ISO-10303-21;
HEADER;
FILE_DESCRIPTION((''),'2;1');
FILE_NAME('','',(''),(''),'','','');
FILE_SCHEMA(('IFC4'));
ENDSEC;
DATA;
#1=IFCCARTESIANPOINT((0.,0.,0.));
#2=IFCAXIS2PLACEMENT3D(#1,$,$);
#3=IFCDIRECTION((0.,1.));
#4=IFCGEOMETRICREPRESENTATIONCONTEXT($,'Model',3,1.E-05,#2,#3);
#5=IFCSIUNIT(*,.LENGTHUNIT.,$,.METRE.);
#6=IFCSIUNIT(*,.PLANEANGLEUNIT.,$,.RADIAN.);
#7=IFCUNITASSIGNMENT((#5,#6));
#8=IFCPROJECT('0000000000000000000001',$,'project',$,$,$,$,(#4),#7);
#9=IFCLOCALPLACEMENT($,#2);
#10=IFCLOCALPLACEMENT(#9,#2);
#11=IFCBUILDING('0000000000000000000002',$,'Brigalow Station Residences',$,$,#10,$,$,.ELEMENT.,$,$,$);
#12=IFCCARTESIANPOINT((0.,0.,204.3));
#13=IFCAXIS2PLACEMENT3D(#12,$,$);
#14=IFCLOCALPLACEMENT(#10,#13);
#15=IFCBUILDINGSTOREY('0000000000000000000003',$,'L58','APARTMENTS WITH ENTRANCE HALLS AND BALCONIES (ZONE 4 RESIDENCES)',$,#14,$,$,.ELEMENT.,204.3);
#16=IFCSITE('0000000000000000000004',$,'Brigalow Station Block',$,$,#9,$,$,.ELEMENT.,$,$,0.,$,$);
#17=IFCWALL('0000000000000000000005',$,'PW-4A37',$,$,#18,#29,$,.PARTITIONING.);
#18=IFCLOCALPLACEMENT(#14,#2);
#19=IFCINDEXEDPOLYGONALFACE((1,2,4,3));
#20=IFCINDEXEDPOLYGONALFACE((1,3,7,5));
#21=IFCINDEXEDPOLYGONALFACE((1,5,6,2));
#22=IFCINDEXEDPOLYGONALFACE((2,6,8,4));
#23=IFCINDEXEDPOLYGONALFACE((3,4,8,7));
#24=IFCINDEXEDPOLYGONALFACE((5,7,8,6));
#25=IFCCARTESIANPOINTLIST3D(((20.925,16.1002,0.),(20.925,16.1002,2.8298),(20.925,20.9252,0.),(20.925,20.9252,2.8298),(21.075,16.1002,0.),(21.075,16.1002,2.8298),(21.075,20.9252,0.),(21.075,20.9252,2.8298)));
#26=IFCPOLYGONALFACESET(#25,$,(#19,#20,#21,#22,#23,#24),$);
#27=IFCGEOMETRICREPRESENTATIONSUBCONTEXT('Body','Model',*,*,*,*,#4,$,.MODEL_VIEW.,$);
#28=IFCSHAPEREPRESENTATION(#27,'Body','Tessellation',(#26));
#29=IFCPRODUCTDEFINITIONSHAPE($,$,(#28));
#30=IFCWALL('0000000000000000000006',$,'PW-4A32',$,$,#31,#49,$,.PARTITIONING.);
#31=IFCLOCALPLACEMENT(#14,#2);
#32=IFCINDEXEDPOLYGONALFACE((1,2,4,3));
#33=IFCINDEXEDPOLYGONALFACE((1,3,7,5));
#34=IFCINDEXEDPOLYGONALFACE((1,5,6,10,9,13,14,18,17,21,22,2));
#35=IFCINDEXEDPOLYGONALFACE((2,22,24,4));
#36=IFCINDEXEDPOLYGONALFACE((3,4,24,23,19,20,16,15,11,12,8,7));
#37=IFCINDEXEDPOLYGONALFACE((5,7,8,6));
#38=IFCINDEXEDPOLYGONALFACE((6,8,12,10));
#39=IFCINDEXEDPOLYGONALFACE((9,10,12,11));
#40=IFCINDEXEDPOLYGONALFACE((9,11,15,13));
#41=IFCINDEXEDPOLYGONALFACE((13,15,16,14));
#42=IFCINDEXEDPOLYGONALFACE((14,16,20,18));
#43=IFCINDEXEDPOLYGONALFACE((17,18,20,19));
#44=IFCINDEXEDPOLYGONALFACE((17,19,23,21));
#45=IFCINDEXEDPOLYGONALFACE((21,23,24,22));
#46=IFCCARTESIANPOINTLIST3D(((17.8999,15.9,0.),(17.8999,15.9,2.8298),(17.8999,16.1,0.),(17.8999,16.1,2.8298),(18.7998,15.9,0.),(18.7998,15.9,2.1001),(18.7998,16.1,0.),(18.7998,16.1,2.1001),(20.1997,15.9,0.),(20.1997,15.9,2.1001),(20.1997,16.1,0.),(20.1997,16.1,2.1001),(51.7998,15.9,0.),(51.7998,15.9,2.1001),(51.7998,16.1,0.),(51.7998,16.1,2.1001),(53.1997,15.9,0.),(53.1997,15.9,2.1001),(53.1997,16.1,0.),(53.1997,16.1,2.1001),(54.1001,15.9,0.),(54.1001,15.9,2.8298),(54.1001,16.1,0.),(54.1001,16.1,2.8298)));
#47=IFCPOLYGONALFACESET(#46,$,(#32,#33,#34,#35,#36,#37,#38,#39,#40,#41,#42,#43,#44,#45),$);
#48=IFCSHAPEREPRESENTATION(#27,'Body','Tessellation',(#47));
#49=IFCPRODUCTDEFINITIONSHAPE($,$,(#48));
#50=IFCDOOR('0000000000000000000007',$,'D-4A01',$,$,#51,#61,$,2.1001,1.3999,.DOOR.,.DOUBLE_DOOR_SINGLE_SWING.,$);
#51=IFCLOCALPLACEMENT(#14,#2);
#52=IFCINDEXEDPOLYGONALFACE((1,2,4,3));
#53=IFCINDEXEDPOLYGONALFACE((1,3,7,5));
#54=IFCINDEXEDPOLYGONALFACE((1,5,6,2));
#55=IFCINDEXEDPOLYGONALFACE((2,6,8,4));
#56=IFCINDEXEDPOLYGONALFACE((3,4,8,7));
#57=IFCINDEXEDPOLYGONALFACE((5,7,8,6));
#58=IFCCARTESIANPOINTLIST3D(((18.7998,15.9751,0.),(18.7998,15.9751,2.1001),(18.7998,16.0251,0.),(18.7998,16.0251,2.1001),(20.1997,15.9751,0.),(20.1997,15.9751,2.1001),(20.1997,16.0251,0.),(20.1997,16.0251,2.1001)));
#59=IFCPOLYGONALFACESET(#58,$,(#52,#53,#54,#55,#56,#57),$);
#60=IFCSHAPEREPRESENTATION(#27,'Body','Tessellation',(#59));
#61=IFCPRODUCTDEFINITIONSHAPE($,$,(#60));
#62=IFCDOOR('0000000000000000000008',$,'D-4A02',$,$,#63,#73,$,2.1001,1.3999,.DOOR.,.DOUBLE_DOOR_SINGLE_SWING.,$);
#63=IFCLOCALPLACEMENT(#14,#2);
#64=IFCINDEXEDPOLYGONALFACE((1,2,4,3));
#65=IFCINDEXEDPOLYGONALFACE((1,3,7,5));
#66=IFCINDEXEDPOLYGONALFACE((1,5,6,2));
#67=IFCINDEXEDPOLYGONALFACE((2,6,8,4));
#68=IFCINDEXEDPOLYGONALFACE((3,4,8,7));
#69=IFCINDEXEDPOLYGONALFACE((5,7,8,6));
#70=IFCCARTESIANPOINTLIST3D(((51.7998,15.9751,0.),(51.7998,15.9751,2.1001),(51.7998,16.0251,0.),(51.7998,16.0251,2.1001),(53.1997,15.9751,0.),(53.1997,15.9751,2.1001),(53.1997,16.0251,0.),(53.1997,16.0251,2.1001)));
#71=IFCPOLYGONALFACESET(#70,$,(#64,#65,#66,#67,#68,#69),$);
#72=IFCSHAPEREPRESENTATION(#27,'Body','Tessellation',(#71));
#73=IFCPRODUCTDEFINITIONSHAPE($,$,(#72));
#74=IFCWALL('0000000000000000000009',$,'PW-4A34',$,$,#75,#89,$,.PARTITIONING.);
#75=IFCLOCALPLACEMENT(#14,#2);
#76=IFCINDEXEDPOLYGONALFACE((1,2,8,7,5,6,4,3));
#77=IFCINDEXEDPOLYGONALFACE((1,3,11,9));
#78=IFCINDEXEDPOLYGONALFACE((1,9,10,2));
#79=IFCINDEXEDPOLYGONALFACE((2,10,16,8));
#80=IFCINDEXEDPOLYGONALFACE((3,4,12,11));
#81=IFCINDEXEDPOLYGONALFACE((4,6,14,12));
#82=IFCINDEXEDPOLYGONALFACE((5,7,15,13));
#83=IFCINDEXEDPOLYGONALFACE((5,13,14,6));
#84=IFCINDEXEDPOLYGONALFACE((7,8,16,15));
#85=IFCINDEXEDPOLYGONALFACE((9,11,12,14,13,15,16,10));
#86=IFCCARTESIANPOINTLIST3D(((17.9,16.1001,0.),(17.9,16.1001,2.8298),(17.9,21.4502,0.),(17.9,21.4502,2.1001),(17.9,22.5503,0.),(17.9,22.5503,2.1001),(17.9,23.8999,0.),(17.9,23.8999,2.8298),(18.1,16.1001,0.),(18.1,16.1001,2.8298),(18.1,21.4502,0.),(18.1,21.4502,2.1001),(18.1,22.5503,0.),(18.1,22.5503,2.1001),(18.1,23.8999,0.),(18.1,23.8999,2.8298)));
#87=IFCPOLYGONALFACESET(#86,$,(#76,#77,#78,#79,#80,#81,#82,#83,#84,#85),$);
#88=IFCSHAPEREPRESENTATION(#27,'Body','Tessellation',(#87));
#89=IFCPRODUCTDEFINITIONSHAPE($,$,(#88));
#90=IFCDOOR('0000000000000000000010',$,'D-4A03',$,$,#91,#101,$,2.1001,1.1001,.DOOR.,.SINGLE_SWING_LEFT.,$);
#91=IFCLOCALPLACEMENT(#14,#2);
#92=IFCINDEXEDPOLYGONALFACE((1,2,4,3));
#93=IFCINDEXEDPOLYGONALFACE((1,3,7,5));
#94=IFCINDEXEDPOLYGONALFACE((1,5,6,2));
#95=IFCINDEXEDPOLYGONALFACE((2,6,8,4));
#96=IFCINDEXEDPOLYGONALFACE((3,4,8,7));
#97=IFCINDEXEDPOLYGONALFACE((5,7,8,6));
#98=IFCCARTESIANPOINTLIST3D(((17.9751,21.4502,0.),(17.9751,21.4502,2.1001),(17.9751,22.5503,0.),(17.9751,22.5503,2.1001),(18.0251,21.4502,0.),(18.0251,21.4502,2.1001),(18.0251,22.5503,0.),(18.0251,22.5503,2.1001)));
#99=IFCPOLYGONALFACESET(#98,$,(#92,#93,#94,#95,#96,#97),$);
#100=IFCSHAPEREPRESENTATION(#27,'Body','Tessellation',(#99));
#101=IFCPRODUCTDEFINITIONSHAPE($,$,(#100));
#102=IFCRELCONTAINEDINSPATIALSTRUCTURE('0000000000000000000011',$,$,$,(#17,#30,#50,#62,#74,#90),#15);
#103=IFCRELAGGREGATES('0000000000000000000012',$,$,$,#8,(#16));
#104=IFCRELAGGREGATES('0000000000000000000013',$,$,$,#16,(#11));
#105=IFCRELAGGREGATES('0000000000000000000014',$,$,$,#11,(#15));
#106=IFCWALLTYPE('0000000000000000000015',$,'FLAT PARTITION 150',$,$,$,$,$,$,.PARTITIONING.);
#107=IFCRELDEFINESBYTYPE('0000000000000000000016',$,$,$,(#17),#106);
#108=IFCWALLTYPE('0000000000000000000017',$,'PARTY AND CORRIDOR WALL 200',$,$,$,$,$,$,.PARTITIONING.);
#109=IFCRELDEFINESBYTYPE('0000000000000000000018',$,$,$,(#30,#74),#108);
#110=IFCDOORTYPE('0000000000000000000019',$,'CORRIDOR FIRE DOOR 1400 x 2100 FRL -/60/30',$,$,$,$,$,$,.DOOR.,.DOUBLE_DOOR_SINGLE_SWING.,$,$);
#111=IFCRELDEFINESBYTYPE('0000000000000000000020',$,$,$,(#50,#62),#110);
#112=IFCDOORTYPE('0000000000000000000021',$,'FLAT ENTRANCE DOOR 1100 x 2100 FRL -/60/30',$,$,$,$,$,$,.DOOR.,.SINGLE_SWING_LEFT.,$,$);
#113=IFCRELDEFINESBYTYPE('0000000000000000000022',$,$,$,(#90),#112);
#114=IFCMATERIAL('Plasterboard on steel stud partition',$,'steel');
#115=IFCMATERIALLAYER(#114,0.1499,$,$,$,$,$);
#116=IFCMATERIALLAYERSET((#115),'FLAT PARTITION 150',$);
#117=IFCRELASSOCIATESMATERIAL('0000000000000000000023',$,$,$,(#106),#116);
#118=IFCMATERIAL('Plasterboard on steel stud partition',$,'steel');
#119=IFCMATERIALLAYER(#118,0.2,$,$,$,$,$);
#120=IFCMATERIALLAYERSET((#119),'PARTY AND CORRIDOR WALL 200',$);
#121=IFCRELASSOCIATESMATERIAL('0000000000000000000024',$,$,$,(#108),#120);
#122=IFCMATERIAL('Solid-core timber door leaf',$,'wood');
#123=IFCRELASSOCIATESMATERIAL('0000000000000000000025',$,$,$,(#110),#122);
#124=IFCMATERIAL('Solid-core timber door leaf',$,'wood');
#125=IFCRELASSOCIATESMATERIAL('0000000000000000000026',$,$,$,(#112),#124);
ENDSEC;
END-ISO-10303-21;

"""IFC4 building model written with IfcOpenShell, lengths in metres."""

from ifc_helpers import new_model, si_unit, direction, frame, frame_2d, origin, place, context, subcontext, project, spatial, rectangle, extrude, material, layer, layer_set, type_object, element, fill, save


model = new_model("IFC4")

# Units and contexts
model_context = context("Model", 3, precision=1e-05, world=origin(), true_north=direction((0.0, 1.0)))
body_context = subcontext(model_context, "Body", "Model", "MODEL_VIEW")
ifc_project = project(units=[si_unit("LENGTHUNIT", "METRE"), si_unit("PLANEANGLEUNIT", "RADIAN")], contexts=[model_context])

# Site, building, storey
site_placement = place(None, origin())
site = spatial("IfcSite", under=ifc_project, at=site_placement, Name="Brigalow Station Block", CompositionType="ELEMENT", RefElevation=0.0)
building_placement = place(site_placement, origin())
building = spatial("IfcBuilding", under=site, at=building_placement, Name="Brigalow Station Residences", CompositionType="ELEMENT")
storey_placement = place(building_placement, frame((0.0, 0.0, 204.3)))
storey = spatial("IfcBuildingStorey", under=building, at=storey_placement, Name="L58", Description="APARTMENTS WITH ENTRANCE HALLS AND BALCONIES (ZONE 4 RESIDENCES)", CompositionType="ELEMENT", Elevation=204.3)

# Wall
ifc_material_1 = material(Name="Plasterboard on steel stud partition", Category="steel")
ifc_layer_1 = layer(ifc_material_1, 0.1499)
ifc_layer_set_1 = layer_set([ifc_layer_1], Name="FLAT PARTITION 150")
wall_type_1 = type_object("IfcWallType", Name="FLAT PARTITION 150", PredefinedType="PARTITIONING", material=ifc_layer_set_1)
wall_1_placement = place(storey_placement, frame((21.0, 16.1001, 0.0), z_axis=(0.0, 0.0, 1.0), x_axis=(0.0, 1.0, 0.0)))
element("IfcWall", 1, at=wall_1_placement, inside=storey, type_object=wall_type_1, Name="PW-4A37", PredefinedType="PARTITIONING", context=body_context, shape_type="SweptSolid", body=[
    extrude(rectangle(XDim=4.825, YDim=0.1499, at=frame_2d((2.4126, 0.0))), origin(), (0.0, 0.0, 1.0), 2.8298),
])

# Wall, openings, doors
ifc_material_2 = material(Name="Plasterboard on steel stud partition", Category="steel")
ifc_layer_2 = layer(ifc_material_2, 0.2)
ifc_layer_set_2 = layer_set([ifc_layer_2], Name="PARTY AND CORRIDOR WALL 200")
wall_type_2 = type_object("IfcWallType", Name="PARTY AND CORRIDOR WALL 200", PredefinedType="PARTITIONING", material=ifc_layer_set_2)
wall_2_placement = place(storey_placement, frame((17.8999, 16.0, 0.0), z_axis=(0.0, 0.0, 1.0), x_axis=(1.0, 0.0, 0.0)))
wall_2 = element("IfcWall", 2, at=wall_2_placement, inside=storey, type_object=wall_type_2, Name="PW-4A32", PredefinedType="PARTITIONING", context=body_context, shape_type="SweptSolid", body=[
    extrude(rectangle(XDim=36.2002, YDim=0.2, at=frame_2d((18.1001, 0.0))), origin(), (0.0, 0.0, 1.0), 2.8298),
])
opening_1_placement = place(wall_2_placement, frame((0.8999, 0.0, 0.0)))
opening_1 = element("IfcOpeningElement", 3, at=opening_1_placement, cuts=wall_2, PredefinedType="OPENING", context=body_context, shape_type="SweptSolid", body=[
    extrude(rectangle(XDim=1.3999, YDim=2.1001, at=frame_2d((0.7, 1.05))), frame((0.0, 0.1099, 0.0), z_axis=(0.0, -1.0, 0.0), x_axis=(1.0, 0.0, 0.0)), (0.0, 0.0, 1.0), 0.22),
])
opening_2_placement = place(wall_2_placement, frame((33.8999, 0.0, 0.0)))
opening_2 = element("IfcOpeningElement", 4, at=opening_2_placement, cuts=wall_2, PredefinedType="OPENING", context=body_context, shape_type="SweptSolid", body=[
    extrude(rectangle(XDim=1.3999, YDim=2.1001, at=frame_2d((0.7, 1.05))), frame((0.0, 0.1099, 0.0), z_axis=(0.0, -1.0, 0.0), x_axis=(1.0, 0.0, 0.0)), (0.0, 0.0, 1.0), 0.22),
])
ifc_material_3 = material(Name="Solid-core timber door leaf", Category="wood")
door_type_1 = type_object("IfcDoorType", Name="CORRIDOR FIRE DOOR 1400 x 2100 FRL -/60/30", OperationType="DOUBLE_DOOR_SINGLE_SWING", PredefinedType="DOOR", material=ifc_material_3)
door_1_placement = place(opening_1_placement, frame((1.3999, 0.0, 0.0), z_axis=(0.0, 0.0, 1.0), x_axis=(-1.0, 0.0, 0.0)))
door_1 = element("IfcDoor", 5, at=door_1_placement, inside=storey, type_object=door_type_1, Name="D-4A01", OperationType="DOUBLE_DOOR_SINGLE_SWING", OverallHeight=2.1001, OverallWidth=1.3999, PredefinedType="DOOR", context=body_context, shape_type="SweptSolid", body=[
    extrude(rectangle(XDim=1.3999, YDim=2.1001, at=frame_2d((0.7, 1.05))), frame((0.0, 0.0249, 0.0), z_axis=(0.0, -1.0, 0.0), x_axis=(1.0, 0.0, 0.0)), (0.0, 0.0, 1.0), 0.05),
])
fill(opening_1, door_1)
door_2_placement = place(opening_2_placement, frame((1.3999, 0.0, 0.0), z_axis=(0.0, 0.0, 1.0), x_axis=(-1.0, 0.0, 0.0)))
door_2 = element("IfcDoor", 6, at=door_2_placement, inside=storey, type_object=door_type_1, Name="D-4A02", OperationType="DOUBLE_DOOR_SINGLE_SWING", OverallHeight=2.1001, OverallWidth=1.3999, PredefinedType="DOOR", context=body_context, shape_type="SweptSolid", body=[
    extrude(rectangle(XDim=1.3999, YDim=2.1001, at=frame_2d((0.7, 1.05))), frame((0.0, 0.0249, 0.0), z_axis=(0.0, -1.0, 0.0), x_axis=(1.0, 0.0, 0.0)), (0.0, 0.0, 1.0), 0.05),
])
fill(opening_2, door_2)

# Wall, opening, door
wall_3_placement = place(storey_placement, frame((18.0, 16.1001, 0.0), z_axis=(0.0, 0.0, 1.0), x_axis=(0.0, 1.0, 0.0)))
wall_3 = element("IfcWall", 7, at=wall_3_placement, inside=storey, type_object=wall_type_2, Name="PW-4A34", PredefinedType="PARTITIONING", context=body_context, shape_type="SweptSolid", body=[
    extrude(rectangle(XDim=7.7998, YDim=0.2, at=frame_2d((3.8999, 0.0))), origin(), (0.0, 0.0, 1.0), 2.8298),
])
opening_3_placement = place(wall_3_placement, frame((5.3501, 0.0, 0.0)))
opening_3 = element("IfcOpeningElement", 8, at=opening_3_placement, cuts=wall_3, PredefinedType="OPENING", context=body_context, shape_type="SweptSolid", body=[
    extrude(rectangle(XDim=1.1001, YDim=2.1001, at=frame_2d((0.55, 1.05))), frame((0.0, 0.1099, 0.0), z_axis=(0.0, -1.0, 0.0), x_axis=(1.0, 0.0, 0.0)), (0.0, 0.0, 1.0), 0.22),
])
ifc_material_4 = material(Name="Solid-core timber door leaf", Category="wood")
door_type_2 = type_object("IfcDoorType", Name="FLAT ENTRANCE DOOR 1100 x 2100 FRL -/60/30", OperationType="SINGLE_SWING_LEFT", PredefinedType="DOOR", material=ifc_material_4)
door_3_placement = place(opening_3_placement, origin())
door_3 = element("IfcDoor", 9, at=door_3_placement, inside=storey, type_object=door_type_2, Name="D-4A03", OperationType="SINGLE_SWING_LEFT", OverallHeight=2.1001, OverallWidth=1.1001, PredefinedType="DOOR", context=body_context, shape_type="SweptSolid", body=[
    extrude(rectangle(XDim=1.1001, YDim=2.1001, at=frame_2d((0.55, 1.05))), frame((0.0, 0.0249, 0.0), z_axis=(0.0, -1.0, 0.0), x_axis=(1.0, 0.0, 0.0)), (0.0, 0.0, 1.0), 0.05),
])
fill(opening_3, door_3)

save(model, "model.ifc")
